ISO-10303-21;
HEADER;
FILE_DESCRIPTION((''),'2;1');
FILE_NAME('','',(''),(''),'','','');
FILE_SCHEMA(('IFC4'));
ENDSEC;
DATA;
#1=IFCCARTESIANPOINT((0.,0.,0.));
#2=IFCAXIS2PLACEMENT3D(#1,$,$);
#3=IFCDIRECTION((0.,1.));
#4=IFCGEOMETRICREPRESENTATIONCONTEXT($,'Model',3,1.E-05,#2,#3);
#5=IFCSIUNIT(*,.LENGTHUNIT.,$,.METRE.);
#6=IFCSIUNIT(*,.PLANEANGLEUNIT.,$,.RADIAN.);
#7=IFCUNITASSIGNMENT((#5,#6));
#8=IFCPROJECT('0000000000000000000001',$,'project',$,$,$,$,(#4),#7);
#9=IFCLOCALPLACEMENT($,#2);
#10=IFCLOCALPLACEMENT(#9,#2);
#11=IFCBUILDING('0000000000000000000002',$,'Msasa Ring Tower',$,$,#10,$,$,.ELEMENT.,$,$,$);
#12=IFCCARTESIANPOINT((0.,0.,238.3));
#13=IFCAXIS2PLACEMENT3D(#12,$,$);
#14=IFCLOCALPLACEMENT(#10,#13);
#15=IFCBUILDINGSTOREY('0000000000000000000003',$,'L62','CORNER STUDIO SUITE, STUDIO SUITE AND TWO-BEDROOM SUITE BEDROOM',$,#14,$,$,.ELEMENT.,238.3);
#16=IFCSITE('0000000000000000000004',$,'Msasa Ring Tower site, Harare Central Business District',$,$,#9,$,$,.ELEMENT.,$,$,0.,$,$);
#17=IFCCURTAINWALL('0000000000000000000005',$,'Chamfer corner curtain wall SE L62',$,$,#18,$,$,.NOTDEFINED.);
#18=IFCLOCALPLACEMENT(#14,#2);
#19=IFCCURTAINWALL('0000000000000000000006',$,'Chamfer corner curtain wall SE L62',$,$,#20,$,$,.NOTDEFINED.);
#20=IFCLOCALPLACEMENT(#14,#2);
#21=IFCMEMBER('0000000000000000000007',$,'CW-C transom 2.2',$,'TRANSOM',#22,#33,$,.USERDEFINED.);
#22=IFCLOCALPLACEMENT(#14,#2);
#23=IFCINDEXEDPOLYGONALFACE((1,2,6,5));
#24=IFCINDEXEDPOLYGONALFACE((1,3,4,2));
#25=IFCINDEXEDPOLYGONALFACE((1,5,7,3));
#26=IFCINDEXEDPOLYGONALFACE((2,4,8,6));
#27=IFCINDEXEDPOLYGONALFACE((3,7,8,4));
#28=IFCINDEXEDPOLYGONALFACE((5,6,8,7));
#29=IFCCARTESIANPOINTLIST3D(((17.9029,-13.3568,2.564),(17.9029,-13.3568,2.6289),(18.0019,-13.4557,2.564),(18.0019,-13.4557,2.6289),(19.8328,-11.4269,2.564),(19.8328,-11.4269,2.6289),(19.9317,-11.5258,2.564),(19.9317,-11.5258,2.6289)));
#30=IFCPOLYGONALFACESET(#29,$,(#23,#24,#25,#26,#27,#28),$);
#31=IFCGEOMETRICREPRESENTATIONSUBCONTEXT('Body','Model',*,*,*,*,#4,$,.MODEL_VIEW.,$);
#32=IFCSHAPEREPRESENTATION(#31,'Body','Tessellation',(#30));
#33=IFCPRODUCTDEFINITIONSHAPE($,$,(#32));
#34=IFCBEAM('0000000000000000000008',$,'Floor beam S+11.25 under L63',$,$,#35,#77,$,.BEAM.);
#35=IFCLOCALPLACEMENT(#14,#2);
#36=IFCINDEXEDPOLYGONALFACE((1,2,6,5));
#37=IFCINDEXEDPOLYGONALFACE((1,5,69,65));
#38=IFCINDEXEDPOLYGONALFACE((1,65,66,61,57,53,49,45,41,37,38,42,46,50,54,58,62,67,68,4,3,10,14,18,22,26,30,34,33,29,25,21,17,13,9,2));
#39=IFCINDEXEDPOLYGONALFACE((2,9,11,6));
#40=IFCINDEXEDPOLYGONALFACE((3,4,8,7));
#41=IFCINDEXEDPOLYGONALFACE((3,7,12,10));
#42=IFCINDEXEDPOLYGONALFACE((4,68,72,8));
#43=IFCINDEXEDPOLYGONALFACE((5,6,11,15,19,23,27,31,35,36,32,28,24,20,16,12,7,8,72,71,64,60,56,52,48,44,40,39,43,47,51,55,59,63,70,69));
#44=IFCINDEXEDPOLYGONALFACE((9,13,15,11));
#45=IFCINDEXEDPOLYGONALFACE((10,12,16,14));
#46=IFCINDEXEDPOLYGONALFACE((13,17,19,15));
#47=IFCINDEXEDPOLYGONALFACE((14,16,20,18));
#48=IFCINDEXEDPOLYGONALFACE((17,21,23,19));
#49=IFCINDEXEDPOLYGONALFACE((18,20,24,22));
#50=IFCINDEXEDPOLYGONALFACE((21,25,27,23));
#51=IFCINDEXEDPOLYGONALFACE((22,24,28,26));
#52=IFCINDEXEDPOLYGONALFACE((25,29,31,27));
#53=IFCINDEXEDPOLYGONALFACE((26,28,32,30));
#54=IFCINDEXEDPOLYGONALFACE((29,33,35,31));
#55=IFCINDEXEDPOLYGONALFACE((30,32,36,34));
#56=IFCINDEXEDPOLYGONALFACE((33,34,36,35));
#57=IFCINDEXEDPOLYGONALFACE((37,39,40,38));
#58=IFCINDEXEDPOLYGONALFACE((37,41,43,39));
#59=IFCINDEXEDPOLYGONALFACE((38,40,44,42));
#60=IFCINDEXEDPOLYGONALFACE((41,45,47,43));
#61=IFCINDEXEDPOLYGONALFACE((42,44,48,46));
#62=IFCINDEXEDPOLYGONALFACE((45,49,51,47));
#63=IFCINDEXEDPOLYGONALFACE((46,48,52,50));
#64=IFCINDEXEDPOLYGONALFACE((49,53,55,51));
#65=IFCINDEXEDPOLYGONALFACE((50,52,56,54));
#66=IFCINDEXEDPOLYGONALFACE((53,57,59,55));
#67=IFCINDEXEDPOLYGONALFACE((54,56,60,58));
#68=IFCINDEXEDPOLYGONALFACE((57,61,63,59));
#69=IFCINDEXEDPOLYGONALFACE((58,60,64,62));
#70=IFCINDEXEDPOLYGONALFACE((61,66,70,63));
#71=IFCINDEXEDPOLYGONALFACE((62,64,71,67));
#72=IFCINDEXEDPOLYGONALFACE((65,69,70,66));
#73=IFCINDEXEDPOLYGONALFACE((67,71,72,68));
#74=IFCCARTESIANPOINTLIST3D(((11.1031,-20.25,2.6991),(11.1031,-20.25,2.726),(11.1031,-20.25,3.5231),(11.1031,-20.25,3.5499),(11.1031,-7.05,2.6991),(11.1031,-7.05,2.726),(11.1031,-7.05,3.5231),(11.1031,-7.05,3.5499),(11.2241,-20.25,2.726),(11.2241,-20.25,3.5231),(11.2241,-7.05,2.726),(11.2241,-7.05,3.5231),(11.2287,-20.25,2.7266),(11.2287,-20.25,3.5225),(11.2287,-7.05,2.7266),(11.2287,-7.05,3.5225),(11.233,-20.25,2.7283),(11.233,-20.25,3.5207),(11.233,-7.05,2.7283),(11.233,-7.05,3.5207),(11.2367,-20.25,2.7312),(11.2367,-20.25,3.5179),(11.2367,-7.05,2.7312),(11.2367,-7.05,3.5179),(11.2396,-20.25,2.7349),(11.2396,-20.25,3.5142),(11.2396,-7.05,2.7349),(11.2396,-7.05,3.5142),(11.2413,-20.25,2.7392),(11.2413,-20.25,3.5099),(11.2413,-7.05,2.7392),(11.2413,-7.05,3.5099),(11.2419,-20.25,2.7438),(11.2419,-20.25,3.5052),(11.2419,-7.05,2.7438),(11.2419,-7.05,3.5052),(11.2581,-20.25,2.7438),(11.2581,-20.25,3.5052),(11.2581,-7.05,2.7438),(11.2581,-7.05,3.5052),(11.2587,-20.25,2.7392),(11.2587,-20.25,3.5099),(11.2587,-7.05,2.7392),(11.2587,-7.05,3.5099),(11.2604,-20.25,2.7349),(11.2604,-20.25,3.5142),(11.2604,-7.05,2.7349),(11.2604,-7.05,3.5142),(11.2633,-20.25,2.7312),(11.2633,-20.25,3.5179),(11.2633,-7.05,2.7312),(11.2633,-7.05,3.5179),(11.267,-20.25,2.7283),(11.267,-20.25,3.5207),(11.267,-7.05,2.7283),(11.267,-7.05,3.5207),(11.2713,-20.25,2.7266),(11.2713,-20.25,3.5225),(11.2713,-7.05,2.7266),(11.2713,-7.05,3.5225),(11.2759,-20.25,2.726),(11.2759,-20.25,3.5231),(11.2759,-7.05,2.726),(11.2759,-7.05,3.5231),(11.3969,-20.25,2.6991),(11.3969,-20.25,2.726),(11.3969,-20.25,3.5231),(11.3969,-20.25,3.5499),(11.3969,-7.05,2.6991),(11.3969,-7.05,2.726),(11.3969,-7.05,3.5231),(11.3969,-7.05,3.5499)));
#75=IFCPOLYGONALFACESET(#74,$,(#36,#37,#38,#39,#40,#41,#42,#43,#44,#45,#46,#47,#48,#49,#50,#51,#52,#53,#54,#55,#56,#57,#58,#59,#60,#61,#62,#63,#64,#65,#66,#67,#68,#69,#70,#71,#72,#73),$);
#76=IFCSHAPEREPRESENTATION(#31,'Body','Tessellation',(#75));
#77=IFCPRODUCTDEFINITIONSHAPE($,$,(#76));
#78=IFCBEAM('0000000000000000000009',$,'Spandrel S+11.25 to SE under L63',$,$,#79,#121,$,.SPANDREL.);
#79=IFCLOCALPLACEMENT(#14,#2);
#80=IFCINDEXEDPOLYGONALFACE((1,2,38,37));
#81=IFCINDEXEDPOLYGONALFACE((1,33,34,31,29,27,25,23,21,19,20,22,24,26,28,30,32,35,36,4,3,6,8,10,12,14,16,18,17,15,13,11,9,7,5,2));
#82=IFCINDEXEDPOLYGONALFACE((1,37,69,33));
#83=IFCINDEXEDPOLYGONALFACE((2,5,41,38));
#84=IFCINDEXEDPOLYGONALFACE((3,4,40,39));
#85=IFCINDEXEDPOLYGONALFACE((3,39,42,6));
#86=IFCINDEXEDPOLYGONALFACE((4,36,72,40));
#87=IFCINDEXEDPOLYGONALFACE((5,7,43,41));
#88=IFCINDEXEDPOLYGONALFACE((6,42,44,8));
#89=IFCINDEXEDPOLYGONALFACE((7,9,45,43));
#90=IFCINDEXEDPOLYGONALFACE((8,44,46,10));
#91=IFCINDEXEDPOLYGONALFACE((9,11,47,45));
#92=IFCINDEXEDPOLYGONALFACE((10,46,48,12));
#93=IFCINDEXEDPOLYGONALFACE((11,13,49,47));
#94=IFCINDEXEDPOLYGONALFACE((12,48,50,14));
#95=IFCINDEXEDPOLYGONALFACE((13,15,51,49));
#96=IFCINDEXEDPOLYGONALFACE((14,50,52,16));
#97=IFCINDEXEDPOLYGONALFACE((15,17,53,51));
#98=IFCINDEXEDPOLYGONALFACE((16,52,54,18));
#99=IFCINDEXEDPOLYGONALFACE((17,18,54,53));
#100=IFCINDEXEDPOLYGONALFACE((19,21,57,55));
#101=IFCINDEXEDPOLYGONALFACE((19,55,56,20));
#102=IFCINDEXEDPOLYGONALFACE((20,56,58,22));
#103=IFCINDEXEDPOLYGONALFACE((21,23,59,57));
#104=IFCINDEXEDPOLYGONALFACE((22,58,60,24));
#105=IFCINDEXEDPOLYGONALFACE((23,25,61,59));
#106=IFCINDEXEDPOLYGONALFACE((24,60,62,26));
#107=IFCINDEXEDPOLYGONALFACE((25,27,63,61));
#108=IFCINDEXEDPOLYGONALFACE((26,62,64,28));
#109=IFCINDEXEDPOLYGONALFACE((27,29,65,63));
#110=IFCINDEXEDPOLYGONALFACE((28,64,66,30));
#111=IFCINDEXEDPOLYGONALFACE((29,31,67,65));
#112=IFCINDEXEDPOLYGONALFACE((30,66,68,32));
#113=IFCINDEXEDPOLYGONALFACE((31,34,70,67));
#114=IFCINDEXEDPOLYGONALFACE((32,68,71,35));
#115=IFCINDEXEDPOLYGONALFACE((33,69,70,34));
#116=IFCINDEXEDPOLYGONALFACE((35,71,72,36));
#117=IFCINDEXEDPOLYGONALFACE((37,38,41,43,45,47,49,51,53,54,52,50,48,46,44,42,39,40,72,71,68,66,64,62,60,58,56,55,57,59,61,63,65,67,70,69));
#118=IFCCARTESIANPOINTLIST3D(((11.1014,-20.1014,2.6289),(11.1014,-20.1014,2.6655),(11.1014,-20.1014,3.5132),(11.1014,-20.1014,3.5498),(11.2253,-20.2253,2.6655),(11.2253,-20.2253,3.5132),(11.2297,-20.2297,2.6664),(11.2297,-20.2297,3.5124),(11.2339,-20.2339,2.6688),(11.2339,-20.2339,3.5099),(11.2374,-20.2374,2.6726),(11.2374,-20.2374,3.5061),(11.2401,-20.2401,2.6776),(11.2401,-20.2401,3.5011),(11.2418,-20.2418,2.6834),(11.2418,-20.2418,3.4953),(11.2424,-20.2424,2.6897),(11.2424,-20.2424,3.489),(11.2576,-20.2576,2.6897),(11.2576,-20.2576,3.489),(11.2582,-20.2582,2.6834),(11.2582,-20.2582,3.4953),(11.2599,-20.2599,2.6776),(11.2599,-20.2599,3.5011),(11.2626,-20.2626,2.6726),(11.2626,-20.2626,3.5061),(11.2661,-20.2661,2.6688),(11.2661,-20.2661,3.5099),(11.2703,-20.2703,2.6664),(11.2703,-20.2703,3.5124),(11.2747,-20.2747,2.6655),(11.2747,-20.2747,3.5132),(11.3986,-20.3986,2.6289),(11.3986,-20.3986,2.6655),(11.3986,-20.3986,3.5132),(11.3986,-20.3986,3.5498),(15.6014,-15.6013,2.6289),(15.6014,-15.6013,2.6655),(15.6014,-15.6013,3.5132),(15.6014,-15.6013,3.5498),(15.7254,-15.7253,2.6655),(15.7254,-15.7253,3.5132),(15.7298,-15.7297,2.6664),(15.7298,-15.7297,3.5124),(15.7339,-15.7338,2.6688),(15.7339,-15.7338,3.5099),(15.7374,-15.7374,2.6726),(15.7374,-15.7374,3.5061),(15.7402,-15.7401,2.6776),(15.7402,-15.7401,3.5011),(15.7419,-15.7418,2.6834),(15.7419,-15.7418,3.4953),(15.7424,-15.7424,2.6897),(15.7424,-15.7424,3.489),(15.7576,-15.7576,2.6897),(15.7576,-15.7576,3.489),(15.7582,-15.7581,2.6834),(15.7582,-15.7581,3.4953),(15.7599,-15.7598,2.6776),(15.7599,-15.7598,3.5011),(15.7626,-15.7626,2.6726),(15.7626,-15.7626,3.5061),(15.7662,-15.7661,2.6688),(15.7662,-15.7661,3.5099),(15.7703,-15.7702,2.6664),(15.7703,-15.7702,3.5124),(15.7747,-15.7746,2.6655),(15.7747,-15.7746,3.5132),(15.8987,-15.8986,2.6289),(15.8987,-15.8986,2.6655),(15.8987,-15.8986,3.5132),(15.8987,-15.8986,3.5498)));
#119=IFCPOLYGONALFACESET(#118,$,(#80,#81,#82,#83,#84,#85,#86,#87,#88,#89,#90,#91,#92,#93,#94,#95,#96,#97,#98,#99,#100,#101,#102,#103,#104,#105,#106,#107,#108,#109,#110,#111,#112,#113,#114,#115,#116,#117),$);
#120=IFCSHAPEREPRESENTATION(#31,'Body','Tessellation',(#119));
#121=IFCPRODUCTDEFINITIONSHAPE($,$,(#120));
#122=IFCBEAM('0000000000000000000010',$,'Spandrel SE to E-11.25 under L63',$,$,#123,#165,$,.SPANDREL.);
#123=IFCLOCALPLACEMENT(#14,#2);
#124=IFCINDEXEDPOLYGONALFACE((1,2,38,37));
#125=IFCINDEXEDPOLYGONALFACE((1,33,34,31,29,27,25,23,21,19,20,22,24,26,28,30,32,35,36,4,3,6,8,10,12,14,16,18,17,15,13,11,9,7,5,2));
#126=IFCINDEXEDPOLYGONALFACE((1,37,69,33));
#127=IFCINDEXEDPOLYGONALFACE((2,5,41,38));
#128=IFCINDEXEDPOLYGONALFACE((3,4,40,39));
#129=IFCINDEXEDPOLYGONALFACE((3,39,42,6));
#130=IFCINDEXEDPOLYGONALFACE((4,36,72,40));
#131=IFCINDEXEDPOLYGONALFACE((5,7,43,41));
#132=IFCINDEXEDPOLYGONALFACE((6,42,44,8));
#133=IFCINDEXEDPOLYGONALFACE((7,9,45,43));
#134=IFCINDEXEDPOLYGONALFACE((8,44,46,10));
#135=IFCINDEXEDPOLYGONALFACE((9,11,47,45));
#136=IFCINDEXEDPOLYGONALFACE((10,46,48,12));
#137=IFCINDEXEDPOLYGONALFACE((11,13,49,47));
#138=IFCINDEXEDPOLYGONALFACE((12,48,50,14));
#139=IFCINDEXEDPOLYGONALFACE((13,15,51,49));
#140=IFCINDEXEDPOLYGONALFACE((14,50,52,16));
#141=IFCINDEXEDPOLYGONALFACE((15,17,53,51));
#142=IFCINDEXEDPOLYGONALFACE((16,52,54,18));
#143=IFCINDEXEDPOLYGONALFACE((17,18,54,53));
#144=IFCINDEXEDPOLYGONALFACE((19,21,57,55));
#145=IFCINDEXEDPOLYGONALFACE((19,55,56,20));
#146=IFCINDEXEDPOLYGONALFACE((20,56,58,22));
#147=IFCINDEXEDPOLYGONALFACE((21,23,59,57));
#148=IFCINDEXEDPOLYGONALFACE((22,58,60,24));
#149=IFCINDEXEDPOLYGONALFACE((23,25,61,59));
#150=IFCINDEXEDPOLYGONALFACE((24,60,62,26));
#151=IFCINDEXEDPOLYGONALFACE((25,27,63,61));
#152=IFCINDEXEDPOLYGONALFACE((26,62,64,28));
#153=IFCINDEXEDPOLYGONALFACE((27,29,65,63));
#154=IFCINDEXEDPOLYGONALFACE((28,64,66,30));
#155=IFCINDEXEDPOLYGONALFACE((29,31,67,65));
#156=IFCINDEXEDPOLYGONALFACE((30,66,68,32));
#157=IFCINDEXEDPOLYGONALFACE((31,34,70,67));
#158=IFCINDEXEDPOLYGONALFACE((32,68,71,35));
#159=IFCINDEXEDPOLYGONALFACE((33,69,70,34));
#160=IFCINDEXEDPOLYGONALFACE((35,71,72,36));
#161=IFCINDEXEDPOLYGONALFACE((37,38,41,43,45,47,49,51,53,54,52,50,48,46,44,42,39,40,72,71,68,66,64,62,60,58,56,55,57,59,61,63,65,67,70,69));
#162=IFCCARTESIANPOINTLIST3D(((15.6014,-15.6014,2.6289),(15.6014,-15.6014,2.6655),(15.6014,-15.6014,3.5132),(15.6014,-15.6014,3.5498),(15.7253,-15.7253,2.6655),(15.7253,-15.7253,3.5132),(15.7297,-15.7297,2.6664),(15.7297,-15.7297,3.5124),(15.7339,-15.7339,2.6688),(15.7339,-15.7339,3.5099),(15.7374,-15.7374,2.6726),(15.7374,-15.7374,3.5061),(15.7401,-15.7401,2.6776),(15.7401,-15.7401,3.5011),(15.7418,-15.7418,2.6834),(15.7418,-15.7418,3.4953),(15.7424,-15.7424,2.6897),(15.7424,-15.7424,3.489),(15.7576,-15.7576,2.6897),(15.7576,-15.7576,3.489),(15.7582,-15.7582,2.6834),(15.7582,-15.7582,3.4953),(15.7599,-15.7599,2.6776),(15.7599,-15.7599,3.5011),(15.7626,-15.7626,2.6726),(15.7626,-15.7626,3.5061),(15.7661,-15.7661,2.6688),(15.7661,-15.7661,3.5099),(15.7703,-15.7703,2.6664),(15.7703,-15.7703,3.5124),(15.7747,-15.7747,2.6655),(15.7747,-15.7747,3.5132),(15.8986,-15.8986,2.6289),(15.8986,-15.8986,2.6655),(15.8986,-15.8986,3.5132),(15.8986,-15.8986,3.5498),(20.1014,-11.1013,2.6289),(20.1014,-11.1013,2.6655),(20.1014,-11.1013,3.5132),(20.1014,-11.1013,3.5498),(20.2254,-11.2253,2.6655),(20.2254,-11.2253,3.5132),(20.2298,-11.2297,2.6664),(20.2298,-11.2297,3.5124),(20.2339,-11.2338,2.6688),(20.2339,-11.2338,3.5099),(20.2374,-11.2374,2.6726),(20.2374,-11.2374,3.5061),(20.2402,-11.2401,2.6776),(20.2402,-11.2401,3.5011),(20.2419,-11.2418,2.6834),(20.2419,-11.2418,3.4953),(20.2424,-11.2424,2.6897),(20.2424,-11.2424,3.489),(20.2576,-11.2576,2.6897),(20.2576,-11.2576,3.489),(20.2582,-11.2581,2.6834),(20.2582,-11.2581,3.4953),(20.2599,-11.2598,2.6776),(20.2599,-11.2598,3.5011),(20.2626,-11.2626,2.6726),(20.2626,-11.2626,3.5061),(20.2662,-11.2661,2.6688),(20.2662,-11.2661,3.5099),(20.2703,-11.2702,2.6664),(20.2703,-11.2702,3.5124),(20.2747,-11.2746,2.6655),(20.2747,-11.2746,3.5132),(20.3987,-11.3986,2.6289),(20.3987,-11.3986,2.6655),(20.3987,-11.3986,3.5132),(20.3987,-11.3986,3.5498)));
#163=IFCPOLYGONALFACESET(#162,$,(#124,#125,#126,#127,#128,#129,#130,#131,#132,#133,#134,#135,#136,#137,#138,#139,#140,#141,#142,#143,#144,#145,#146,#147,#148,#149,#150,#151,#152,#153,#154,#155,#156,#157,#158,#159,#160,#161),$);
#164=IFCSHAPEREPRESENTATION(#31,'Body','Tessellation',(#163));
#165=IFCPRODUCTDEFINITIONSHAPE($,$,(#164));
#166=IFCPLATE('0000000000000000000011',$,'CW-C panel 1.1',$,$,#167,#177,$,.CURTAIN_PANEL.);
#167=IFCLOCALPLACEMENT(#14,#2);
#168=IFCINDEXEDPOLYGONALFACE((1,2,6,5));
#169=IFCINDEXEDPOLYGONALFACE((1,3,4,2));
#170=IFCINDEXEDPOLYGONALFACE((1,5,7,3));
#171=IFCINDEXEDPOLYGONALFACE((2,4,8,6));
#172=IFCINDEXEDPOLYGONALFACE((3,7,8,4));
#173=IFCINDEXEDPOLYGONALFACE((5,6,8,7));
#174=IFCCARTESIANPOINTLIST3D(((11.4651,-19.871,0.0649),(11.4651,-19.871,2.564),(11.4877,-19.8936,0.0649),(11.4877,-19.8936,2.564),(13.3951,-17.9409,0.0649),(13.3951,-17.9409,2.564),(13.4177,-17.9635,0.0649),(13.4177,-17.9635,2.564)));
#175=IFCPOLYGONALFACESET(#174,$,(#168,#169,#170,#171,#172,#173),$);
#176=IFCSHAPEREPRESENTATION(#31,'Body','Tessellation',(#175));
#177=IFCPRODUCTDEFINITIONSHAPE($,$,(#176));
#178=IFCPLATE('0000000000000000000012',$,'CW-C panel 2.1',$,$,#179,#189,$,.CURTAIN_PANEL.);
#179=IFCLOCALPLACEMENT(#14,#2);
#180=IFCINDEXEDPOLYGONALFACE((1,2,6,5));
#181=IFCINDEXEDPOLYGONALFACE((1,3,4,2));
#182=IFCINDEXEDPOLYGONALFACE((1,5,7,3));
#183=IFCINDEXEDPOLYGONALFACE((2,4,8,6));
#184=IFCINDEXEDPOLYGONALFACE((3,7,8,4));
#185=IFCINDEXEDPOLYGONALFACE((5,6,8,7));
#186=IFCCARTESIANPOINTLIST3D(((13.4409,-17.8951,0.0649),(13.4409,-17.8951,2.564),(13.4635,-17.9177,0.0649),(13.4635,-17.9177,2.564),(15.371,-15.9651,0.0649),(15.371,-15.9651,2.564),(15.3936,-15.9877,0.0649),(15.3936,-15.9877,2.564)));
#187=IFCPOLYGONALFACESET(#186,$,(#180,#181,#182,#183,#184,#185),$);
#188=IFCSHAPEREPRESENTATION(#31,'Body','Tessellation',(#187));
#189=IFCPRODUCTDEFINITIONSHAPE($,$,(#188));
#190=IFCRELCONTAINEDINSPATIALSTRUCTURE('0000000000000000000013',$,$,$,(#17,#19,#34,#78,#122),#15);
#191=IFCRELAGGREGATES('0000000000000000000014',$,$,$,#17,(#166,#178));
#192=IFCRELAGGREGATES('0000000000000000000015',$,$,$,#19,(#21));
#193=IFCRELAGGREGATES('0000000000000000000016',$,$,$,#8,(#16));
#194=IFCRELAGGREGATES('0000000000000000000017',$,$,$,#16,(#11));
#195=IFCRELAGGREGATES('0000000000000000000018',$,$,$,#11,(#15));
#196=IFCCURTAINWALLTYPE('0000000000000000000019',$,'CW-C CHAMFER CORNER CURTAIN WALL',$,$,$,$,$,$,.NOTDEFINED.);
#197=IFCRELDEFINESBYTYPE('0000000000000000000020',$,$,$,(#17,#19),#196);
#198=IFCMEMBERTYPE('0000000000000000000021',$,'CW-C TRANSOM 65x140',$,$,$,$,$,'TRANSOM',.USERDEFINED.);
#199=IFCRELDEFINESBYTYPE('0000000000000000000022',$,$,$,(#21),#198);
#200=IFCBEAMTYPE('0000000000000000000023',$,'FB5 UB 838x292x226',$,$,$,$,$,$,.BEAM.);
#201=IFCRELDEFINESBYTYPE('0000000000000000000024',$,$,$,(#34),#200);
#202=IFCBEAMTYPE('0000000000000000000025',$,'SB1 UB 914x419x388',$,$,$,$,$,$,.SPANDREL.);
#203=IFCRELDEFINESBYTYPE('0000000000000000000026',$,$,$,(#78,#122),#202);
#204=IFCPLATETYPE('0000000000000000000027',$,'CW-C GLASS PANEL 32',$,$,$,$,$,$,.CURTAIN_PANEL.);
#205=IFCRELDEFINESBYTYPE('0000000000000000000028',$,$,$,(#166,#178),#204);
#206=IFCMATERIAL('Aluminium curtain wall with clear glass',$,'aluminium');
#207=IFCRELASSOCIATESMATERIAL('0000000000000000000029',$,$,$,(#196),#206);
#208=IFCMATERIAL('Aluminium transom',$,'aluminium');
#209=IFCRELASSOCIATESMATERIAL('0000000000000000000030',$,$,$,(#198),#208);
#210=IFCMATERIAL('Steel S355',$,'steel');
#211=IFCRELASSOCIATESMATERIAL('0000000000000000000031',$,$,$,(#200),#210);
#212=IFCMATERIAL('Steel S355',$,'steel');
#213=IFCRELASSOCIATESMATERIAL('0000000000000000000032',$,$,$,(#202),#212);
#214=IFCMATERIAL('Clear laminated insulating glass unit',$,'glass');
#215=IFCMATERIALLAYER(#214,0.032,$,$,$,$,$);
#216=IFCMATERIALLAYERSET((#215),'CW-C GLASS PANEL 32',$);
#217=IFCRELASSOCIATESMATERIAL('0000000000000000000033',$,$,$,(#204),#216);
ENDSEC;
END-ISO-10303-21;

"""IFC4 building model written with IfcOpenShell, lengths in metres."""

from ifc_helpers import new_model, si_unit, direction, frame, origin, origin_2d, place, context, subcontext, project, spatial, rectangle, i_section, extrude, material, layer, layer_set, material_profile, profile_set, type_object, element, aggregate, save


model = new_model("IFC4")

# Units and contexts
model_context = context("Model", 3, precision=1e-05, world=origin(), true_north=direction((0.0, 1.0)))
body_context = subcontext(model_context, "Body", "Model", "MODEL_VIEW")
ifc_project = project(units=[si_unit("LENGTHUNIT", "METRE"), si_unit("PLANEANGLEUNIT", "RADIAN")], contexts=[model_context])

# Site, building, storey
site_placement = place(None, origin())
site = spatial("IfcSite", under=ifc_project, at=site_placement, Name="Msasa Ring Tower site, Harare Central Business District", CompositionType="ELEMENT", RefElevation=0.0)
building_placement = place(site_placement, origin())
building = spatial("IfcBuilding", under=site, at=building_placement, Name="Msasa Ring Tower", CompositionType="ELEMENT")
storey_placement = place(building_placement, frame((0.0, 0.0, 238.3)))
storey = spatial("IfcBuildingStorey", under=building, at=storey_placement, Name="L62", Description="CORNER STUDIO SUITE, STUDIO SUITE AND TWO-BEDROOM SUITE BEDROOM", CompositionType="ELEMENT", Elevation=238.3)

# Curtain walls
ifc_material_1 = material(Name="Aluminium curtain wall with clear glass", Category="aluminium")
curtain_wall_type = type_object("IfcCurtainWallType", Name="CW-C CHAMFER CORNER CURTAIN WALL", PredefinedType="NOTDEFINED", material=ifc_material_1)
curtain_wall_1_placement = place(storey_placement, origin())
curtain_wall_1 = element("IfcCurtainWall", 1, at=curtain_wall_1_placement, inside=storey, type_object=curtain_wall_type, Name="Chamfer corner curtain wall SE L62", PredefinedType="NOTDEFINED")
curtain_wall_2_placement = place(storey_placement, origin())
curtain_wall_2 = element("IfcCurtainWall", 2, at=curtain_wall_2_placement, inside=storey, type_object=curtain_wall_type, Name="Chamfer corner curtain wall SE L62", PredefinedType="NOTDEFINED")

# Member
ifc_material_2 = material(Name="Aluminium transom", Category="aluminium")
ifc_material_profile_1 = material_profile(ifc_material_2, rectangle(XDim=0.1399, YDim=0.0649, at=origin_2d()), Name="AL 65x140")
ifc_profile_set_1 = profile_set([ifc_material_profile_1], Name="Aluminium transom")
member_type_1 = type_object("IfcMemberType", Name="CW-C TRANSOM 65x140", ElementType="TRANSOM", PredefinedType="USERDEFINED", material=ifc_profile_set_1)
member_1_placement = place(storey_placement, frame((17.9524, -13.4062, 2.5964), z_axis=(0.707107, 0.707107, 0.0), x_axis=(-0.707107, 0.707107, 0.0)))
member_1 = element("IfcMember", 3, at=member_1_placement, type_object=member_type_1, Name="CW-C transom 2.2", ObjectType="TRANSOM", PredefinedType="USERDEFINED", context=body_context, shape_type="SweptSolid", body=[
    extrude(rectangle(XDim=0.1399, YDim=0.0649, at=origin_2d()), origin(), (0.0, 0.0, 1.0), 2.7292),
])

# Beams
ifc_material_3 = material(Name="Steel S355", Category="steel")
ifc_material_profile_2 = material_profile(ifc_material_3, i_section(OverallWidth=0.2937, OverallDepth=0.8508, WebThickness=0.0161, FlangeThickness=0.0269, FilletRadius=0.0178, at=origin_2d()), Name="UB 838x292x226")
ifc_profile_set_2 = profile_set([ifc_material_profile_2], Name="Steel S355")
beam_type_1 = type_object("IfcBeamType", Name="FB5 UB 838x292x226", PredefinedType="BEAM", material=ifc_profile_set_2)
beam_placement = place(storey_placement, frame((11.25, -20.25, 3.1245), z_axis=(0.0, 1.0, 0.0), x_axis=(-1.0, 0.0, 0.0)))
element("IfcBeam", 4, at=beam_placement, inside=storey, type_object=beam_type_1, Name="Floor beam S+11.25 under L63", PredefinedType="BEAM", context=body_context, shape_type="SweptSolid", body=[
    extrude(i_section(OverallWidth=0.2937, OverallDepth=0.8508, WebThickness=0.0161, FlangeThickness=0.0269, FilletRadius=0.0178, at=origin_2d()), origin(), (0.0, 0.0, 1.0), 13.2),
])
ifc_material_4 = material(Name="Steel S355", Category="steel")
ifc_material_profile_3 = material_profile(ifc_material_4, i_section(OverallWidth=0.4204, OverallDepth=0.9209, WebThickness=0.0215, FlangeThickness=0.0366, FilletRadius=0.0242, at=origin_2d()), Name="UB 914x419x388")
ifc_profile_set_3 = profile_set([ifc_material_profile_3], Name="Steel S355")
beam_type_2 = type_object("IfcBeamType", Name="SB1 UB 914x419x388", PredefinedType="SPANDREL", material=ifc_profile_set_3)
for number, where, z_axis, x_axis, name in (
    (5, (11.25, -20.25, 3.0894), (0.707107, 0.707107, 0.0), (-0.707107, 0.707107, 0.0), "Spandrel S+11.25 to SE under L63"),
    (6, (15.75, -15.75, 3.0894), (0.707107, 0.707107, 0.0), (-0.707107, 0.707107, 0.0), "Spandrel SE to E-11.25 under L63"),
):
    element("IfcBeam", number, at=place(storey_placement, frame(where, z_axis=z_axis, x_axis=x_axis)), inside=storey, type_object=beam_type_2, Name=name, PredefinedType="SPANDREL", context=body_context, shape_type="SweptSolid", body=[
        extrude(i_section(OverallWidth=0.4204, OverallDepth=0.9209, WebThickness=0.0215, FlangeThickness=0.0366, FilletRadius=0.0242, at=origin_2d()), origin(), (0.0, 0.0, 1.0), 6.364),
    ])

# Plates
ifc_material_5 = material(Name="Clear laminated insulating glass unit", Category="glass")
ifc_layer_1 = layer(ifc_material_5, 0.032)
ifc_layer_set_1 = layer_set([ifc_layer_1], Name="CW-C GLASS PANEL 32")
plate_type = type_object("IfcPlateType", Name="CW-C GLASS PANEL 32", PredefinedType="CURTAIN_PANEL", material=ifc_layer_set_1)
plate_1_placement = place(storey_placement, frame((12.4414, -18.9172, 0.0649), z_axis=(0.0, 0.0, 1.0), x_axis=(0.707107, 0.707107, 0.0)))
plate_1 = element("IfcPlate", 7, at=plate_1_placement, type_object=plate_type, Name="CW-C panel 1.1", PredefinedType="CURTAIN_PANEL", context=body_context, shape_type="SweptSolid", body=[
    extrude(rectangle(XDim=2.7295, YDim=0.032, at=origin_2d()), origin(), (0.0, 0.0, 1.0), 2.499),
])
plate_2_placement = place(storey_placement, frame((14.4172, -16.9414, 0.0649), z_axis=(0.0, 0.0, 1.0), x_axis=(0.707107, 0.707107, 0.0)))
plate_2 = element("IfcPlate", 8, at=plate_2_placement, type_object=plate_type, Name="CW-C panel 2.1", PredefinedType="CURTAIN_PANEL", context=body_context, shape_type="SweptSolid", body=[
    extrude(rectangle(XDim=2.7295, YDim=0.032, at=origin_2d()), origin(), (0.0, 0.0, 1.0), 2.499),
])
aggregate(curtain_wall_1, [plate_1, plate_2])
aggregate(curtain_wall_2, [member_1])

save(model, "model.ifc")
